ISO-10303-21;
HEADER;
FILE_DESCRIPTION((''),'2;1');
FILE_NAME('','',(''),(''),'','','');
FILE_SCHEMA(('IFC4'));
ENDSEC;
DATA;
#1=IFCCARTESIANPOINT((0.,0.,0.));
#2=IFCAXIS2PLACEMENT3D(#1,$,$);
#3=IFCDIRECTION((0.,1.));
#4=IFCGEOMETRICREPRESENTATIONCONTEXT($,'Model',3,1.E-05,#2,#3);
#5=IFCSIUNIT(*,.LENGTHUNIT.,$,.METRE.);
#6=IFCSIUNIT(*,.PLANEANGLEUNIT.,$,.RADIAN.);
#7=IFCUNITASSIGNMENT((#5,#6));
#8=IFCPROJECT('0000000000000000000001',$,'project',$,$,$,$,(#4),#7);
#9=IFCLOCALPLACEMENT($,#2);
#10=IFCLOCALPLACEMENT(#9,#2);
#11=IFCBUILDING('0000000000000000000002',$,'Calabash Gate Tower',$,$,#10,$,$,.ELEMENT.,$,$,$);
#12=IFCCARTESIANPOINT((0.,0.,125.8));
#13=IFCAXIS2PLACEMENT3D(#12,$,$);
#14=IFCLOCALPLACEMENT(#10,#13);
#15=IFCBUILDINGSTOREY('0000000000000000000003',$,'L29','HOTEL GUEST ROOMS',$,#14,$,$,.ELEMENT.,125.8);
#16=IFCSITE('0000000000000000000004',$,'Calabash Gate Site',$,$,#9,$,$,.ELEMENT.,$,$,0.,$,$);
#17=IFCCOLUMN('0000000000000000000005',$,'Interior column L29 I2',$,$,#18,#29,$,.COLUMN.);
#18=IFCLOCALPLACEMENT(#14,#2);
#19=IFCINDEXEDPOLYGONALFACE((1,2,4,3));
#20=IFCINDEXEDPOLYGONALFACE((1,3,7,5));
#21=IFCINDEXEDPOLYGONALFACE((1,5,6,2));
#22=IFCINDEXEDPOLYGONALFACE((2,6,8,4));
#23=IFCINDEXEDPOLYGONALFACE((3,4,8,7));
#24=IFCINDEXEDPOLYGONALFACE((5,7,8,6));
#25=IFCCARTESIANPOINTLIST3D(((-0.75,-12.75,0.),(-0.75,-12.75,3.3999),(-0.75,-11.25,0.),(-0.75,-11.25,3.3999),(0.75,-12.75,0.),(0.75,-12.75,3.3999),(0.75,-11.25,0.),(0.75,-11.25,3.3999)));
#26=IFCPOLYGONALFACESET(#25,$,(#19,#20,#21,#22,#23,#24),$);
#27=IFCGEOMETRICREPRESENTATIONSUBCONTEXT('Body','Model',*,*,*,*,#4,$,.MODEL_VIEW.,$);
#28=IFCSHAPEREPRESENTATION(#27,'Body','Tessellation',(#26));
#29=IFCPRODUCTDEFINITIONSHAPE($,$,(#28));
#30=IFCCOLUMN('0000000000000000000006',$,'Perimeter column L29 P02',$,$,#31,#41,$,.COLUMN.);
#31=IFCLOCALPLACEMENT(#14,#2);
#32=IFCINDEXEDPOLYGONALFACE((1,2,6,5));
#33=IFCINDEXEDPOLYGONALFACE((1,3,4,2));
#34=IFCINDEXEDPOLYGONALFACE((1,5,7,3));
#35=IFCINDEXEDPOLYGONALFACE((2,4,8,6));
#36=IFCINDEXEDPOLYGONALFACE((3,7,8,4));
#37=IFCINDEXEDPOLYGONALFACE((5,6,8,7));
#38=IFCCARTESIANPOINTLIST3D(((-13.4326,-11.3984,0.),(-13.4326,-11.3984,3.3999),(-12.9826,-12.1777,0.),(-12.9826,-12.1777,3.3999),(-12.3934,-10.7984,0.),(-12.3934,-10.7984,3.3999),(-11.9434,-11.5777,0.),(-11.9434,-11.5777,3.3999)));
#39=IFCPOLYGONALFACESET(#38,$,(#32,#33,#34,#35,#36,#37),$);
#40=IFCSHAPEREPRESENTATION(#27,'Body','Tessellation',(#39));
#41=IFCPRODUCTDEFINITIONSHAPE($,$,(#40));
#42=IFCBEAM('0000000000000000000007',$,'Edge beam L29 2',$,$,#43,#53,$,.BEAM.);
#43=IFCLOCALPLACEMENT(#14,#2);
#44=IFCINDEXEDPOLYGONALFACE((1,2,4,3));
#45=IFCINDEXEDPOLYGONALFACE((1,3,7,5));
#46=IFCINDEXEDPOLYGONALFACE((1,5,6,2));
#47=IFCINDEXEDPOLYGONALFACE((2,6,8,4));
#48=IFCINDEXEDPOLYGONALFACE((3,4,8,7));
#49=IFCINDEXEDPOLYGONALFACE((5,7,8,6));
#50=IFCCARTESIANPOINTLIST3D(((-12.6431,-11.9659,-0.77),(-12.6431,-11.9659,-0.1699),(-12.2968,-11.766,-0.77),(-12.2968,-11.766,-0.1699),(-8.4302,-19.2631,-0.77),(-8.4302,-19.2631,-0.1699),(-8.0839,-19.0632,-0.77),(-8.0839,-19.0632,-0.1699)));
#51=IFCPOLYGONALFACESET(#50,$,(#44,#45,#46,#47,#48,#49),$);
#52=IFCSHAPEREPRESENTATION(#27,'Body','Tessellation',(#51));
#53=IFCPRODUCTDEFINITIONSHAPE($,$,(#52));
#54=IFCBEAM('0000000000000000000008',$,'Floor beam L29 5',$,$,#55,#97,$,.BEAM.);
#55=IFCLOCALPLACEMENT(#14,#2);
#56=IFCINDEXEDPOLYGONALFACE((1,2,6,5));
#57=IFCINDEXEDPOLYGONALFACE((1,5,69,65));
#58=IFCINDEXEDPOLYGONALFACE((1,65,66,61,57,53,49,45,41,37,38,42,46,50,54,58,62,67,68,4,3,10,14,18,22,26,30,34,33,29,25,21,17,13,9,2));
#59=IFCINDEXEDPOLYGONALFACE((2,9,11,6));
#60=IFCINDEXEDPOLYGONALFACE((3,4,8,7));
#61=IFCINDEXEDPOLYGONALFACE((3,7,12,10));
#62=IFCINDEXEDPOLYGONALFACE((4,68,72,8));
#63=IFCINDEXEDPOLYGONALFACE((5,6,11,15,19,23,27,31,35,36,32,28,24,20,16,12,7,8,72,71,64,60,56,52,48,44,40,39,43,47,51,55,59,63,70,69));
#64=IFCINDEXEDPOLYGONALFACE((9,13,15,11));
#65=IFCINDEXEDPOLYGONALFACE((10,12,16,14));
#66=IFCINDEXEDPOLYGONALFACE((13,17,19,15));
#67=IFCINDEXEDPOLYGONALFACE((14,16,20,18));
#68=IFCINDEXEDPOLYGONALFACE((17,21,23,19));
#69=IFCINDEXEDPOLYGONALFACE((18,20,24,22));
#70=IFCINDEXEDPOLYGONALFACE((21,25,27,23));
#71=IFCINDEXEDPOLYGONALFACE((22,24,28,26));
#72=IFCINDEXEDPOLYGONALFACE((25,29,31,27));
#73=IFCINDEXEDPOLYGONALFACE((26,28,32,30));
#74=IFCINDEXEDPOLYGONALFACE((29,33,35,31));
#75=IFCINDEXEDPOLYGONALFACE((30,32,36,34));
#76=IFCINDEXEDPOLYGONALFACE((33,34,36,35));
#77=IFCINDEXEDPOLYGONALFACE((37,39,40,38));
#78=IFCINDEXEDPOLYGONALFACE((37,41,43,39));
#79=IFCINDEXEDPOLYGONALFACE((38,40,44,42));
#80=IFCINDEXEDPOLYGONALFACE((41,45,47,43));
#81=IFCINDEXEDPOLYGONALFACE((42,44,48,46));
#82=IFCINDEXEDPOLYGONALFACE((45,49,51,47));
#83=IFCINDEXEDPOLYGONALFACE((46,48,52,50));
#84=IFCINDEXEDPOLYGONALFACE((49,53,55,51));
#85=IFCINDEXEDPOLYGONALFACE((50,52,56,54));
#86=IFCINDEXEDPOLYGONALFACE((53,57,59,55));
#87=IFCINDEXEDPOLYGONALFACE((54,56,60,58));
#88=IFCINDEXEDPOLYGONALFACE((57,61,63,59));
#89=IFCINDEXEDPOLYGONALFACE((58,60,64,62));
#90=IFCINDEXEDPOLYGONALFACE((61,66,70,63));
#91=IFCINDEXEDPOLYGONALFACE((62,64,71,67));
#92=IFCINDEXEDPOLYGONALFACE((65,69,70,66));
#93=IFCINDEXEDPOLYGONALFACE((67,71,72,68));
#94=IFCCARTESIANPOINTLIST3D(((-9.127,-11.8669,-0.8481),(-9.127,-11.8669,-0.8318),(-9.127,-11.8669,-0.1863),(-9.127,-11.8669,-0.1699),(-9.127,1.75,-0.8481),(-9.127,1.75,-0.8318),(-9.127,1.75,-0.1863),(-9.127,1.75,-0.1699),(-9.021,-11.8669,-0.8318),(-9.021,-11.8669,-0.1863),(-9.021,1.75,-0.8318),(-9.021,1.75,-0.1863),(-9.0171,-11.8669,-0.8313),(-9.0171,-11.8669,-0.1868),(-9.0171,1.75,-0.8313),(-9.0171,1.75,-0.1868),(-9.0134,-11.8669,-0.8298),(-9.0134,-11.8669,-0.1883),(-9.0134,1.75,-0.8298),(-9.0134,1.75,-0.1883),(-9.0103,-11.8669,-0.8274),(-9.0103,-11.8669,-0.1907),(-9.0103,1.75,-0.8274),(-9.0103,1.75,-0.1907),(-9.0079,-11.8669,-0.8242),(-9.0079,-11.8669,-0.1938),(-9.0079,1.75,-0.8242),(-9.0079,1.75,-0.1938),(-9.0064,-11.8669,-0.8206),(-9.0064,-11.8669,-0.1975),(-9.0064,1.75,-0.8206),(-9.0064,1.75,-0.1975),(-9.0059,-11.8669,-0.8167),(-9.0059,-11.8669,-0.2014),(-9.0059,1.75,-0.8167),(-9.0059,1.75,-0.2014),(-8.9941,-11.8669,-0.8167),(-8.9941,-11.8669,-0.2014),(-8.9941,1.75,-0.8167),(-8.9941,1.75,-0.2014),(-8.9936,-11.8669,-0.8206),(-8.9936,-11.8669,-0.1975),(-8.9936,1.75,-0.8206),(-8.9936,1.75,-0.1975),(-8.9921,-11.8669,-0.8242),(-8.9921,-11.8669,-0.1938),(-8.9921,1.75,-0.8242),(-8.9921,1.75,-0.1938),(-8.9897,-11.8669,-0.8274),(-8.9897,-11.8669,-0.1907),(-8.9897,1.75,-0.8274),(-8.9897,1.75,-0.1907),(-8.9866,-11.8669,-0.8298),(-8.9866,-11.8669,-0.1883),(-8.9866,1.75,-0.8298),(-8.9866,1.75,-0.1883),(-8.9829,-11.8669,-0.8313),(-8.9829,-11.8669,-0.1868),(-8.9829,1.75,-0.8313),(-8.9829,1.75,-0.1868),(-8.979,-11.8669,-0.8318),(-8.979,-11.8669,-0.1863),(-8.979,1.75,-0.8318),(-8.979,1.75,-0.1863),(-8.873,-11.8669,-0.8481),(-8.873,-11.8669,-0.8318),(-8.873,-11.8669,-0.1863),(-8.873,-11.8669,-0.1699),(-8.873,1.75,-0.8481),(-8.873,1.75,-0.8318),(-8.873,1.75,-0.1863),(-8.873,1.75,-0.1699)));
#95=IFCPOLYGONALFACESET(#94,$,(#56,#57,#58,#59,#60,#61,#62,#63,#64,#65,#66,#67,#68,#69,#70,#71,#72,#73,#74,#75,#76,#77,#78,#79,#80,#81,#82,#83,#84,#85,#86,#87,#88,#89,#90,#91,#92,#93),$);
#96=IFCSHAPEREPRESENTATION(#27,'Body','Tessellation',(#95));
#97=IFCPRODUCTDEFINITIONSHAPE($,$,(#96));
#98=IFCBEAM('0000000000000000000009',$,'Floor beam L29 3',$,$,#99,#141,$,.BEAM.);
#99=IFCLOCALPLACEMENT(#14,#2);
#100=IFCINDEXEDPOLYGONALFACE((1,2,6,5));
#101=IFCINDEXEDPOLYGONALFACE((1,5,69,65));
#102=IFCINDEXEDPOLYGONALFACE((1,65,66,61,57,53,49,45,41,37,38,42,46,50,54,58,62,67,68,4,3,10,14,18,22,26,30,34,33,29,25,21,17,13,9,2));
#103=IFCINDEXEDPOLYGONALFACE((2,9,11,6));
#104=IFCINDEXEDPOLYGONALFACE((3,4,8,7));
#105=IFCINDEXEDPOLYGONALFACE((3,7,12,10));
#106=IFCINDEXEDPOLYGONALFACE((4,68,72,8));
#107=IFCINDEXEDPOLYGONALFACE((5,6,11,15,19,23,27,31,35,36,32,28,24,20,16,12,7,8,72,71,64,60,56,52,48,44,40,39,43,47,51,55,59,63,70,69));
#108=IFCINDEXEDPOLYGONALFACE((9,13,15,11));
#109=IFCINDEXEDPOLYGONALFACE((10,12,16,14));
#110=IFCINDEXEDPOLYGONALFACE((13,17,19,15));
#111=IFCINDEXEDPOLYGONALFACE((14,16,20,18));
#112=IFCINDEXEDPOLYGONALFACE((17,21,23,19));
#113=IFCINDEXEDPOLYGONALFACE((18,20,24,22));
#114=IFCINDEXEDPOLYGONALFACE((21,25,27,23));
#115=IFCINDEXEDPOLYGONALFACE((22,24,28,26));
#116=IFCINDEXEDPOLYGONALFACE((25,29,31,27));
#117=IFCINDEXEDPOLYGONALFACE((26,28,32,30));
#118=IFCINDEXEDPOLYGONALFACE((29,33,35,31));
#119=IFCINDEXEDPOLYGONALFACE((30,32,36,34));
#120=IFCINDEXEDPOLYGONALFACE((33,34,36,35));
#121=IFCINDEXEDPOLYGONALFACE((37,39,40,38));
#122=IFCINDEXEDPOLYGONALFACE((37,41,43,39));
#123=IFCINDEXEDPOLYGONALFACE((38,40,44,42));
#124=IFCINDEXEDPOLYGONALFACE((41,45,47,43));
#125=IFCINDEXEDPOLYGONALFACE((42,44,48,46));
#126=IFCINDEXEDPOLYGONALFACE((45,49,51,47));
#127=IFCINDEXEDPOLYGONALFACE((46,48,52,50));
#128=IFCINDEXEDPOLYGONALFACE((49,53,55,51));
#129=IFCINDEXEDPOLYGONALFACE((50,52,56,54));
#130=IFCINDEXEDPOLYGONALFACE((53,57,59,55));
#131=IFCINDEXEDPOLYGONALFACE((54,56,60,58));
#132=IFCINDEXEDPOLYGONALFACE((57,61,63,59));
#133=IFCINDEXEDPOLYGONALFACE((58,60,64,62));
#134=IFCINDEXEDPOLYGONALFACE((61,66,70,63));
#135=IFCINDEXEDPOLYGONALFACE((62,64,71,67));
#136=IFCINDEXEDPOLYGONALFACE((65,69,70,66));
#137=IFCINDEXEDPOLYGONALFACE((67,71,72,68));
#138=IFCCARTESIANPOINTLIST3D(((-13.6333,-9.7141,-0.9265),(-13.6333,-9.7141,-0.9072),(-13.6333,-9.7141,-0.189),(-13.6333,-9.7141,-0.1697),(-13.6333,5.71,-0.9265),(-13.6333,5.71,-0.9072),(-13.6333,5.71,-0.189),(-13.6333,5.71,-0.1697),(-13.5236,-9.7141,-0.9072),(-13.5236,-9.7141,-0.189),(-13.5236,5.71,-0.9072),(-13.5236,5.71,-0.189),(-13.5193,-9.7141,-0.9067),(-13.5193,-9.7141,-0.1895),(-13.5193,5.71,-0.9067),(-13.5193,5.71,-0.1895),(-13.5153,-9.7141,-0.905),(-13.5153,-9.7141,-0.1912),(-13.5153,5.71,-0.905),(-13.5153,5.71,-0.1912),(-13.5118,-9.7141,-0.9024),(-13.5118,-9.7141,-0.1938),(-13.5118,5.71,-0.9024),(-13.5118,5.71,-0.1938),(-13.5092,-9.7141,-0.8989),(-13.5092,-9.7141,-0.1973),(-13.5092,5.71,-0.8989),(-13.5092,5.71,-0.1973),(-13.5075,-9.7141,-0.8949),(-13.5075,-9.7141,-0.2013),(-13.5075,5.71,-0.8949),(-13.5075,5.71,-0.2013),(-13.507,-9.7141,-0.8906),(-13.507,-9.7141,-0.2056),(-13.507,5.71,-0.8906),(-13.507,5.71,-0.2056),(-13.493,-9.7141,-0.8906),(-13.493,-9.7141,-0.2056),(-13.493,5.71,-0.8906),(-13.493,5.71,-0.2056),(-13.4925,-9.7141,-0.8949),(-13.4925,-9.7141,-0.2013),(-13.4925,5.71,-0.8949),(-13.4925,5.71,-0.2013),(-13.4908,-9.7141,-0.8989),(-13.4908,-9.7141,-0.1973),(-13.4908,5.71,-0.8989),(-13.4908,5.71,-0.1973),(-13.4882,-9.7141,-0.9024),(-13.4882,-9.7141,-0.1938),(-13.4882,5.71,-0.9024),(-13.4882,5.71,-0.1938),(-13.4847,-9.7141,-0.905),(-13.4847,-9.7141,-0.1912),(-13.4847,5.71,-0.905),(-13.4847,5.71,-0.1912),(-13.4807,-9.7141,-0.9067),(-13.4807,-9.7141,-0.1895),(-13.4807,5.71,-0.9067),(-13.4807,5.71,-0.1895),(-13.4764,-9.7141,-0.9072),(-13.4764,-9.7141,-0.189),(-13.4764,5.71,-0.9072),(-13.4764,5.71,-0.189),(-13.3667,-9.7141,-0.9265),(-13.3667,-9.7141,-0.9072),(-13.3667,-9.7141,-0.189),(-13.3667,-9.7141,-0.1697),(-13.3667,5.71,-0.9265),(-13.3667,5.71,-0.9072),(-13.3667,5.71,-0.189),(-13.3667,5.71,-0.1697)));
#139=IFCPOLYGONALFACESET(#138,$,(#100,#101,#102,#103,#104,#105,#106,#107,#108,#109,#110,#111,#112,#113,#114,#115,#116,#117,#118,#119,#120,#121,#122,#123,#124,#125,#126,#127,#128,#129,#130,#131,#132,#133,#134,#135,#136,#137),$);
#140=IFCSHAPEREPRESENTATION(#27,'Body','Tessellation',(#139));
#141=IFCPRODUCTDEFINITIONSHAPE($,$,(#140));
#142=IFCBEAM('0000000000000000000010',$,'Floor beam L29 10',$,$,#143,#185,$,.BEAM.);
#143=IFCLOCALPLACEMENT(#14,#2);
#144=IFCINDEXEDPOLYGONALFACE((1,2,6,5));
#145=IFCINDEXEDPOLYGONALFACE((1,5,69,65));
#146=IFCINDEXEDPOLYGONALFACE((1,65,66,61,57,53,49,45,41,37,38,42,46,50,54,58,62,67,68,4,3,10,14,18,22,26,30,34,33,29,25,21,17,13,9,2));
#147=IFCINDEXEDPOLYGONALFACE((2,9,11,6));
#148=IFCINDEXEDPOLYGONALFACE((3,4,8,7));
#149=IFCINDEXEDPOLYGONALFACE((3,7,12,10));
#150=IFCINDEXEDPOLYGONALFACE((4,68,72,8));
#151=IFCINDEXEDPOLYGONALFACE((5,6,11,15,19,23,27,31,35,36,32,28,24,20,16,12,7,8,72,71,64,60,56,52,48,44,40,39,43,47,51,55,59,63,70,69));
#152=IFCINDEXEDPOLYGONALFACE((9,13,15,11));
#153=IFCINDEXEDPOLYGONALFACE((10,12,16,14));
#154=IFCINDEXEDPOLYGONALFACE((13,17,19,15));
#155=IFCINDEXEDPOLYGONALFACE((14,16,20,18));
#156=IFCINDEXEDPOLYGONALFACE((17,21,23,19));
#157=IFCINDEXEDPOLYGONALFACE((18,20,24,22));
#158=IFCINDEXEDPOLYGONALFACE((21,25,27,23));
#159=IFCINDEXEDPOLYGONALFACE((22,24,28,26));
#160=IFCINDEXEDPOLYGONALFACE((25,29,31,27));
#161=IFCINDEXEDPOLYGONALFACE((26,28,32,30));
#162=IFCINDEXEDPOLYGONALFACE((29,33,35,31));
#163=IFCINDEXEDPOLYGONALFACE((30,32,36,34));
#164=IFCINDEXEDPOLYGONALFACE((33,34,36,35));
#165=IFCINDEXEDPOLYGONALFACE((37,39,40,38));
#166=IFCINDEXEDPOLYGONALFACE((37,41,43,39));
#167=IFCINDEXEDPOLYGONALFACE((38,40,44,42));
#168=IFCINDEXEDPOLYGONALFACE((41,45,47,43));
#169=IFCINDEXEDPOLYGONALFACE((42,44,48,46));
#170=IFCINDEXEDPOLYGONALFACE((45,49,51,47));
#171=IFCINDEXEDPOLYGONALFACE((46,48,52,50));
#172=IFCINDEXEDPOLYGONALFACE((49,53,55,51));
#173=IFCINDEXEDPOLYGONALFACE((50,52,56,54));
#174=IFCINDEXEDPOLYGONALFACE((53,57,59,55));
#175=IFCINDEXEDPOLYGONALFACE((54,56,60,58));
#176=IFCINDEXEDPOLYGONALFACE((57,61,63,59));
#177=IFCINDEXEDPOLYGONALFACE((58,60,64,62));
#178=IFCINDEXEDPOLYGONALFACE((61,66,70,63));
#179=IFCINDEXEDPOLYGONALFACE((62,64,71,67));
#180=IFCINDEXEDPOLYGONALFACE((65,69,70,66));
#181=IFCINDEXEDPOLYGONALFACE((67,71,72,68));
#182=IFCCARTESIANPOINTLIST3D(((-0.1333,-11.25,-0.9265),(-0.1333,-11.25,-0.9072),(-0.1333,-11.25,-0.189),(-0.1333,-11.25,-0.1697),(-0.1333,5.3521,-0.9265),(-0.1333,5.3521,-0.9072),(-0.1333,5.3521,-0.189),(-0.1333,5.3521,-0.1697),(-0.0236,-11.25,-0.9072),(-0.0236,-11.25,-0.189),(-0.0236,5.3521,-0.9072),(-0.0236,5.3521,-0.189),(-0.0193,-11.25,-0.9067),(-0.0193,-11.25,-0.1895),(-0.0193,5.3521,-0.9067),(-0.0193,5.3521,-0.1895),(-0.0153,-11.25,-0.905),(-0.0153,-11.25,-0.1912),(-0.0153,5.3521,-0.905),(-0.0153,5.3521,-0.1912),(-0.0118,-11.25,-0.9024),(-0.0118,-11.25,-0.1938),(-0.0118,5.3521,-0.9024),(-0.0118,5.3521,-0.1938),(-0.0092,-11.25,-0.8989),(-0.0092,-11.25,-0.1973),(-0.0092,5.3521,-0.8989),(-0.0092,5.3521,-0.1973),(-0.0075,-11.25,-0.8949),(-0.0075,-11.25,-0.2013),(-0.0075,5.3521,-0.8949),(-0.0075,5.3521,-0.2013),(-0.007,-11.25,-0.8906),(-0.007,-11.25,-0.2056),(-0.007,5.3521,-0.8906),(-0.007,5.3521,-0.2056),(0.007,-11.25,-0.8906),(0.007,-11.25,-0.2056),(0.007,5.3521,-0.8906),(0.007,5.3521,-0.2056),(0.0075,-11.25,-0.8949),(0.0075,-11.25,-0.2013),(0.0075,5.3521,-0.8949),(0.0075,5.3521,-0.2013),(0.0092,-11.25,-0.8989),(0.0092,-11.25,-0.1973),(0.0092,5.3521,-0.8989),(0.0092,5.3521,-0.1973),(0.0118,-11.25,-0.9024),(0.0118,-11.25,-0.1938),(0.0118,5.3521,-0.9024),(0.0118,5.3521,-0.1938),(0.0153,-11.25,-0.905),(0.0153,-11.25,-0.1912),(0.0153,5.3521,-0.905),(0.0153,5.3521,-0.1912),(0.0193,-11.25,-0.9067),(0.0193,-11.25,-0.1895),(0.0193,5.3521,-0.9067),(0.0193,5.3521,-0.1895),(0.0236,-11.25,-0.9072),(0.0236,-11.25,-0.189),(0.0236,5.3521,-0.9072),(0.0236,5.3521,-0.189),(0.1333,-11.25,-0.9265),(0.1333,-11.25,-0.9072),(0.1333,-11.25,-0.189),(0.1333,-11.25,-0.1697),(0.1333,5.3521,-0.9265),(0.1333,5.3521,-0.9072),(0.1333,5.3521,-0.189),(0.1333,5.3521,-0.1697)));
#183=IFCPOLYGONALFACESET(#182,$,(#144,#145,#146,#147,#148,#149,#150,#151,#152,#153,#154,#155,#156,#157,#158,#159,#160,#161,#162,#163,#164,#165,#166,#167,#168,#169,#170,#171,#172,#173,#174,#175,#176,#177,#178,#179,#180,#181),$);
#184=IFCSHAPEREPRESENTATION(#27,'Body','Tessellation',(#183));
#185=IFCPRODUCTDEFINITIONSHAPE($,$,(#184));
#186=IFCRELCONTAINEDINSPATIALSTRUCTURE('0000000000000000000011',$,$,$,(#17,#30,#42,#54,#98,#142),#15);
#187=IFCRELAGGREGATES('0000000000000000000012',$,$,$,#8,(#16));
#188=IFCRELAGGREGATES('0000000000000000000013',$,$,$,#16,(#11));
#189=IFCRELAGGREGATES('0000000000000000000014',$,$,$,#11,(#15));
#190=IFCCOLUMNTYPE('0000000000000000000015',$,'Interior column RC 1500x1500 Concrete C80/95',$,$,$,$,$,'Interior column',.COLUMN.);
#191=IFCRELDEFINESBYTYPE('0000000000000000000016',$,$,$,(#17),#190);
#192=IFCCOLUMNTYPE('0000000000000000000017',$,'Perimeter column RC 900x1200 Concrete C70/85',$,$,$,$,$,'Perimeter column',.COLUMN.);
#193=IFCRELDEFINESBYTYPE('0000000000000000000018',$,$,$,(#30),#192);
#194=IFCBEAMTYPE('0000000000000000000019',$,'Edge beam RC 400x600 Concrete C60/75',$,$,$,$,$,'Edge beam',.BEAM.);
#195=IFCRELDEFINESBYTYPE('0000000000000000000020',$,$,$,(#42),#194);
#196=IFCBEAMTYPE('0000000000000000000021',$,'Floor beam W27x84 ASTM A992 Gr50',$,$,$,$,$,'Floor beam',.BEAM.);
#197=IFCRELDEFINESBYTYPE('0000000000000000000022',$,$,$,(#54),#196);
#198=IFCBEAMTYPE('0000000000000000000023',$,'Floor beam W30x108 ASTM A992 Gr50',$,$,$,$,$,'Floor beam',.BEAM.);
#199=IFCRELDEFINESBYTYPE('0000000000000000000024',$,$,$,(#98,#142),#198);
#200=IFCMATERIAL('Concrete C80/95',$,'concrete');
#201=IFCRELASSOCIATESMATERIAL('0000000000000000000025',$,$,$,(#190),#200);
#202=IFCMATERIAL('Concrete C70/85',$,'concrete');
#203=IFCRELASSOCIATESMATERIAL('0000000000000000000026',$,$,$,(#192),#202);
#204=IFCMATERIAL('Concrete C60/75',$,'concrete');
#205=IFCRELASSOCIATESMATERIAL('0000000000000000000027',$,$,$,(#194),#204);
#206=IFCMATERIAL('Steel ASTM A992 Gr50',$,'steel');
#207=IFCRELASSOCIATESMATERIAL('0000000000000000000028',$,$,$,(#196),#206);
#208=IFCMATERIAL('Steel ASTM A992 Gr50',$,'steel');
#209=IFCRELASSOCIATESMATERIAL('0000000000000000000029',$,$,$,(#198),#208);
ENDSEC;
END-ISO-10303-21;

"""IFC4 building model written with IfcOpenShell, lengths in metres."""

from ifc_helpers import new_model, si_unit, direction, frame, origin, origin_2d, place, context, subcontext, project, spatial, rectangle, i_section, extrude, material, material_profile, profile_set, type_object, element, save


model = new_model("IFC4")

# Units and contexts
model_context = context("Model", 3, precision=1e-05, world=origin(), true_north=direction((0.0, 1.0)))
body_context = subcontext(model_context, "Body", "Model", "MODEL_VIEW")
ifc_project = project(units=[si_unit("LENGTHUNIT", "METRE"), si_unit("PLANEANGLEUNIT", "RADIAN")], contexts=[model_context])

# Site, building, storey
site_placement = place(None, origin())
site = spatial("IfcSite", under=ifc_project, at=site_placement, Name="Calabash Gate Site", CompositionType="ELEMENT", RefElevation=0.0)
building_placement = place(site_placement, origin())
building = spatial("IfcBuilding", under=site, at=building_placement, Name="Calabash Gate Tower", CompositionType="ELEMENT")
storey_placement = place(building_placement, frame((0.0, 0.0, 125.8)))
storey = spatial("IfcBuildingStorey", under=building, at=storey_placement, Name="L29", Description="HOTEL GUEST ROOMS", CompositionType="ELEMENT", Elevation=125.8)

# Columns
ifc_material_1 = material(Name="Concrete C80/95", Category="concrete")
ifc_material_profile_1 = material_profile(ifc_material_1, rectangle(XDim=1.5, YDim=1.5, at=origin_2d()))
ifc_profile_set_1 = profile_set([ifc_material_profile_1], Name="Concrete C80/95")
column_type_1 = type_object("IfcColumnType", Name="Interior column RC 1500x1500 Concrete C80/95", ElementType="Interior column", PredefinedType="COLUMN", material=ifc_profile_set_1)
column_1_placement = place(storey_placement, frame((0.0, -12.0, 0.0), z_axis=(0.0, 0.0, 1.0), x_axis=(1.0, 0.0, 0.0)))
element("IfcColumn", 1, at=column_1_placement, inside=storey, type_object=column_type_1, Name="Interior column L29 I2", PredefinedType="COLUMN", context=body_context, shape_type="SweptSolid", body=[
    extrude(rectangle(XDim=1.5, YDim=1.5, at=origin_2d()), origin(), (0.0, 0.0, 1.0), 3.3999),
])
ifc_material_2 = material(Name="Concrete C70/85", Category="concrete")
ifc_material_profile_2 = material_profile(ifc_material_2, rectangle(XDim=0.8999, YDim=1.2, at=origin_2d()))
ifc_profile_set_2 = profile_set([ifc_material_profile_2], Name="Concrete C70/85")
column_type_2 = type_object("IfcColumnType", Name="Perimeter column RC 900x1200 Concrete C70/85", ElementType="Perimeter column", PredefinedType="COLUMN", material=ifc_profile_set_2)
column_2_placement = place(storey_placement, frame((-12.688, -11.488, 0.0), z_axis=(0.0, 0.0, 1.0), x_axis=(0.5, -0.866025, 0.0)))
element("IfcColumn", 2, at=column_2_placement, inside=storey, type_object=column_type_2, Name="Perimeter column L29 P02", PredefinedType="COLUMN", context=body_context, shape_type="SweptSolid", body=[
    extrude(rectangle(XDim=0.8999, YDim=1.2, at=origin_2d()), origin(), (0.0, 0.0, 1.0), 3.3999),
])

# Beams
ifc_material_3 = material(Name="Concrete C60/75", Category="concrete")
ifc_material_profile_3 = material_profile(ifc_material_3, rectangle(XDim=0.3999, YDim=0.6001, at=origin_2d()))
ifc_profile_set_3 = profile_set([ifc_material_profile_3], Name="Concrete C60/75")
beam_type_1 = type_object("IfcBeamType", Name="Edge beam RC 400x600 Concrete C60/75", ElementType="Edge beam", PredefinedType="BEAM", material=ifc_profile_set_3)
beam_1_placement = place(storey_placement, frame((-12.47, -11.866, -0.47), z_axis=(0.499991, -0.866031, 0.0), x_axis=(0.866031, 0.499991, 0.0)))
element("IfcBeam", 3, at=beam_1_placement, inside=storey, type_object=beam_type_1, Name="Edge beam L29 2", PredefinedType="BEAM", context=body_context, shape_type="SweptSolid", body=[
    extrude(rectangle(XDim=0.3999, YDim=0.6001, at=origin_2d()), origin(), (0.0, 0.0, 1.0), 8.426),
])
ifc_material_4 = material(Name="Steel ASTM A992 Gr50", Category="steel")
ifc_material_profile_4 = material_profile(ifc_material_4, i_section(OverallWidth=0.2539, OverallDepth=0.6782, WebThickness=0.0117, FlangeThickness=0.0164, FilletRadius=0.0151, at=origin_2d()))
ifc_profile_set_4 = profile_set([ifc_material_profile_4], Name="Steel ASTM A992 Gr50")
beam_type_2 = type_object("IfcBeamType", Name="Floor beam W27x84 ASTM A992 Gr50", ElementType="Floor beam", PredefinedType="BEAM", material=ifc_profile_set_4)
beam_2_placement = place(storey_placement, frame((-9.0, -11.8669, -0.509), z_axis=(0.0, 1.0, 0.0), x_axis=(-1.0, 0.0, 0.0)))
element("IfcBeam", 4, at=beam_2_placement, inside=storey, type_object=beam_type_2, Name="Floor beam L29 5", PredefinedType="BEAM", context=body_context, shape_type="SweptSolid", body=[
    extrude(i_section(OverallWidth=0.2539, OverallDepth=0.6782, WebThickness=0.0117, FlangeThickness=0.0164, FilletRadius=0.0151, at=origin_2d()), origin(), (0.0, 0.0, 1.0), 13.6169),
])
ifc_material_5 = material(Name="Steel ASTM A992 Gr50", Category="steel")
ifc_material_profile_5 = material_profile(ifc_material_5, i_section(OverallWidth=0.2666, OverallDepth=0.7568, WebThickness=0.0139, FlangeThickness=0.0193, FilletRadius=0.0166, at=origin_2d()))
ifc_profile_set_5 = profile_set([ifc_material_profile_5], Name="Steel ASTM A992 Gr50")
beam_type_3 = type_object("IfcBeamType", Name="Floor beam W30x108 ASTM A992 Gr50", ElementType="Floor beam", PredefinedType="BEAM", material=ifc_profile_set_5)
beam_3_placement = place(storey_placement, frame((-13.5, -9.7141, -0.5481), z_axis=(0.0, 1.0, 0.0), x_axis=(-1.0, 0.0, 0.0)))
element("IfcBeam", 5, at=beam_3_placement, inside=storey, type_object=beam_type_3, Name="Floor beam L29 3", PredefinedType="BEAM", context=body_context, shape_type="SweptSolid", body=[
    extrude(i_section(OverallWidth=0.2666, OverallDepth=0.7568, WebThickness=0.0139, FlangeThickness=0.0193, FilletRadius=0.0166, at=origin_2d()), origin(), (0.0, 0.0, 1.0), 15.4241),
])
beam_4_placement = place(storey_placement, frame((0.0, -11.25, -0.5481), z_axis=(0.0, 1.0, 0.0), x_axis=(-1.0, 0.0, 0.0)))
element("IfcBeam", 6, at=beam_4_placement, inside=storey, type_object=beam_type_3, Name="Floor beam L29 10", PredefinedType="BEAM", context=body_context, shape_type="SweptSolid", body=[
    extrude(i_section(OverallWidth=0.2666, OverallDepth=0.7568, WebThickness=0.0139, FlangeThickness=0.0193, FilletRadius=0.0166, at=origin_2d()), origin(), (0.0, 0.0, 1.0), 16.6021),
])

save(model, "model.ifc")
